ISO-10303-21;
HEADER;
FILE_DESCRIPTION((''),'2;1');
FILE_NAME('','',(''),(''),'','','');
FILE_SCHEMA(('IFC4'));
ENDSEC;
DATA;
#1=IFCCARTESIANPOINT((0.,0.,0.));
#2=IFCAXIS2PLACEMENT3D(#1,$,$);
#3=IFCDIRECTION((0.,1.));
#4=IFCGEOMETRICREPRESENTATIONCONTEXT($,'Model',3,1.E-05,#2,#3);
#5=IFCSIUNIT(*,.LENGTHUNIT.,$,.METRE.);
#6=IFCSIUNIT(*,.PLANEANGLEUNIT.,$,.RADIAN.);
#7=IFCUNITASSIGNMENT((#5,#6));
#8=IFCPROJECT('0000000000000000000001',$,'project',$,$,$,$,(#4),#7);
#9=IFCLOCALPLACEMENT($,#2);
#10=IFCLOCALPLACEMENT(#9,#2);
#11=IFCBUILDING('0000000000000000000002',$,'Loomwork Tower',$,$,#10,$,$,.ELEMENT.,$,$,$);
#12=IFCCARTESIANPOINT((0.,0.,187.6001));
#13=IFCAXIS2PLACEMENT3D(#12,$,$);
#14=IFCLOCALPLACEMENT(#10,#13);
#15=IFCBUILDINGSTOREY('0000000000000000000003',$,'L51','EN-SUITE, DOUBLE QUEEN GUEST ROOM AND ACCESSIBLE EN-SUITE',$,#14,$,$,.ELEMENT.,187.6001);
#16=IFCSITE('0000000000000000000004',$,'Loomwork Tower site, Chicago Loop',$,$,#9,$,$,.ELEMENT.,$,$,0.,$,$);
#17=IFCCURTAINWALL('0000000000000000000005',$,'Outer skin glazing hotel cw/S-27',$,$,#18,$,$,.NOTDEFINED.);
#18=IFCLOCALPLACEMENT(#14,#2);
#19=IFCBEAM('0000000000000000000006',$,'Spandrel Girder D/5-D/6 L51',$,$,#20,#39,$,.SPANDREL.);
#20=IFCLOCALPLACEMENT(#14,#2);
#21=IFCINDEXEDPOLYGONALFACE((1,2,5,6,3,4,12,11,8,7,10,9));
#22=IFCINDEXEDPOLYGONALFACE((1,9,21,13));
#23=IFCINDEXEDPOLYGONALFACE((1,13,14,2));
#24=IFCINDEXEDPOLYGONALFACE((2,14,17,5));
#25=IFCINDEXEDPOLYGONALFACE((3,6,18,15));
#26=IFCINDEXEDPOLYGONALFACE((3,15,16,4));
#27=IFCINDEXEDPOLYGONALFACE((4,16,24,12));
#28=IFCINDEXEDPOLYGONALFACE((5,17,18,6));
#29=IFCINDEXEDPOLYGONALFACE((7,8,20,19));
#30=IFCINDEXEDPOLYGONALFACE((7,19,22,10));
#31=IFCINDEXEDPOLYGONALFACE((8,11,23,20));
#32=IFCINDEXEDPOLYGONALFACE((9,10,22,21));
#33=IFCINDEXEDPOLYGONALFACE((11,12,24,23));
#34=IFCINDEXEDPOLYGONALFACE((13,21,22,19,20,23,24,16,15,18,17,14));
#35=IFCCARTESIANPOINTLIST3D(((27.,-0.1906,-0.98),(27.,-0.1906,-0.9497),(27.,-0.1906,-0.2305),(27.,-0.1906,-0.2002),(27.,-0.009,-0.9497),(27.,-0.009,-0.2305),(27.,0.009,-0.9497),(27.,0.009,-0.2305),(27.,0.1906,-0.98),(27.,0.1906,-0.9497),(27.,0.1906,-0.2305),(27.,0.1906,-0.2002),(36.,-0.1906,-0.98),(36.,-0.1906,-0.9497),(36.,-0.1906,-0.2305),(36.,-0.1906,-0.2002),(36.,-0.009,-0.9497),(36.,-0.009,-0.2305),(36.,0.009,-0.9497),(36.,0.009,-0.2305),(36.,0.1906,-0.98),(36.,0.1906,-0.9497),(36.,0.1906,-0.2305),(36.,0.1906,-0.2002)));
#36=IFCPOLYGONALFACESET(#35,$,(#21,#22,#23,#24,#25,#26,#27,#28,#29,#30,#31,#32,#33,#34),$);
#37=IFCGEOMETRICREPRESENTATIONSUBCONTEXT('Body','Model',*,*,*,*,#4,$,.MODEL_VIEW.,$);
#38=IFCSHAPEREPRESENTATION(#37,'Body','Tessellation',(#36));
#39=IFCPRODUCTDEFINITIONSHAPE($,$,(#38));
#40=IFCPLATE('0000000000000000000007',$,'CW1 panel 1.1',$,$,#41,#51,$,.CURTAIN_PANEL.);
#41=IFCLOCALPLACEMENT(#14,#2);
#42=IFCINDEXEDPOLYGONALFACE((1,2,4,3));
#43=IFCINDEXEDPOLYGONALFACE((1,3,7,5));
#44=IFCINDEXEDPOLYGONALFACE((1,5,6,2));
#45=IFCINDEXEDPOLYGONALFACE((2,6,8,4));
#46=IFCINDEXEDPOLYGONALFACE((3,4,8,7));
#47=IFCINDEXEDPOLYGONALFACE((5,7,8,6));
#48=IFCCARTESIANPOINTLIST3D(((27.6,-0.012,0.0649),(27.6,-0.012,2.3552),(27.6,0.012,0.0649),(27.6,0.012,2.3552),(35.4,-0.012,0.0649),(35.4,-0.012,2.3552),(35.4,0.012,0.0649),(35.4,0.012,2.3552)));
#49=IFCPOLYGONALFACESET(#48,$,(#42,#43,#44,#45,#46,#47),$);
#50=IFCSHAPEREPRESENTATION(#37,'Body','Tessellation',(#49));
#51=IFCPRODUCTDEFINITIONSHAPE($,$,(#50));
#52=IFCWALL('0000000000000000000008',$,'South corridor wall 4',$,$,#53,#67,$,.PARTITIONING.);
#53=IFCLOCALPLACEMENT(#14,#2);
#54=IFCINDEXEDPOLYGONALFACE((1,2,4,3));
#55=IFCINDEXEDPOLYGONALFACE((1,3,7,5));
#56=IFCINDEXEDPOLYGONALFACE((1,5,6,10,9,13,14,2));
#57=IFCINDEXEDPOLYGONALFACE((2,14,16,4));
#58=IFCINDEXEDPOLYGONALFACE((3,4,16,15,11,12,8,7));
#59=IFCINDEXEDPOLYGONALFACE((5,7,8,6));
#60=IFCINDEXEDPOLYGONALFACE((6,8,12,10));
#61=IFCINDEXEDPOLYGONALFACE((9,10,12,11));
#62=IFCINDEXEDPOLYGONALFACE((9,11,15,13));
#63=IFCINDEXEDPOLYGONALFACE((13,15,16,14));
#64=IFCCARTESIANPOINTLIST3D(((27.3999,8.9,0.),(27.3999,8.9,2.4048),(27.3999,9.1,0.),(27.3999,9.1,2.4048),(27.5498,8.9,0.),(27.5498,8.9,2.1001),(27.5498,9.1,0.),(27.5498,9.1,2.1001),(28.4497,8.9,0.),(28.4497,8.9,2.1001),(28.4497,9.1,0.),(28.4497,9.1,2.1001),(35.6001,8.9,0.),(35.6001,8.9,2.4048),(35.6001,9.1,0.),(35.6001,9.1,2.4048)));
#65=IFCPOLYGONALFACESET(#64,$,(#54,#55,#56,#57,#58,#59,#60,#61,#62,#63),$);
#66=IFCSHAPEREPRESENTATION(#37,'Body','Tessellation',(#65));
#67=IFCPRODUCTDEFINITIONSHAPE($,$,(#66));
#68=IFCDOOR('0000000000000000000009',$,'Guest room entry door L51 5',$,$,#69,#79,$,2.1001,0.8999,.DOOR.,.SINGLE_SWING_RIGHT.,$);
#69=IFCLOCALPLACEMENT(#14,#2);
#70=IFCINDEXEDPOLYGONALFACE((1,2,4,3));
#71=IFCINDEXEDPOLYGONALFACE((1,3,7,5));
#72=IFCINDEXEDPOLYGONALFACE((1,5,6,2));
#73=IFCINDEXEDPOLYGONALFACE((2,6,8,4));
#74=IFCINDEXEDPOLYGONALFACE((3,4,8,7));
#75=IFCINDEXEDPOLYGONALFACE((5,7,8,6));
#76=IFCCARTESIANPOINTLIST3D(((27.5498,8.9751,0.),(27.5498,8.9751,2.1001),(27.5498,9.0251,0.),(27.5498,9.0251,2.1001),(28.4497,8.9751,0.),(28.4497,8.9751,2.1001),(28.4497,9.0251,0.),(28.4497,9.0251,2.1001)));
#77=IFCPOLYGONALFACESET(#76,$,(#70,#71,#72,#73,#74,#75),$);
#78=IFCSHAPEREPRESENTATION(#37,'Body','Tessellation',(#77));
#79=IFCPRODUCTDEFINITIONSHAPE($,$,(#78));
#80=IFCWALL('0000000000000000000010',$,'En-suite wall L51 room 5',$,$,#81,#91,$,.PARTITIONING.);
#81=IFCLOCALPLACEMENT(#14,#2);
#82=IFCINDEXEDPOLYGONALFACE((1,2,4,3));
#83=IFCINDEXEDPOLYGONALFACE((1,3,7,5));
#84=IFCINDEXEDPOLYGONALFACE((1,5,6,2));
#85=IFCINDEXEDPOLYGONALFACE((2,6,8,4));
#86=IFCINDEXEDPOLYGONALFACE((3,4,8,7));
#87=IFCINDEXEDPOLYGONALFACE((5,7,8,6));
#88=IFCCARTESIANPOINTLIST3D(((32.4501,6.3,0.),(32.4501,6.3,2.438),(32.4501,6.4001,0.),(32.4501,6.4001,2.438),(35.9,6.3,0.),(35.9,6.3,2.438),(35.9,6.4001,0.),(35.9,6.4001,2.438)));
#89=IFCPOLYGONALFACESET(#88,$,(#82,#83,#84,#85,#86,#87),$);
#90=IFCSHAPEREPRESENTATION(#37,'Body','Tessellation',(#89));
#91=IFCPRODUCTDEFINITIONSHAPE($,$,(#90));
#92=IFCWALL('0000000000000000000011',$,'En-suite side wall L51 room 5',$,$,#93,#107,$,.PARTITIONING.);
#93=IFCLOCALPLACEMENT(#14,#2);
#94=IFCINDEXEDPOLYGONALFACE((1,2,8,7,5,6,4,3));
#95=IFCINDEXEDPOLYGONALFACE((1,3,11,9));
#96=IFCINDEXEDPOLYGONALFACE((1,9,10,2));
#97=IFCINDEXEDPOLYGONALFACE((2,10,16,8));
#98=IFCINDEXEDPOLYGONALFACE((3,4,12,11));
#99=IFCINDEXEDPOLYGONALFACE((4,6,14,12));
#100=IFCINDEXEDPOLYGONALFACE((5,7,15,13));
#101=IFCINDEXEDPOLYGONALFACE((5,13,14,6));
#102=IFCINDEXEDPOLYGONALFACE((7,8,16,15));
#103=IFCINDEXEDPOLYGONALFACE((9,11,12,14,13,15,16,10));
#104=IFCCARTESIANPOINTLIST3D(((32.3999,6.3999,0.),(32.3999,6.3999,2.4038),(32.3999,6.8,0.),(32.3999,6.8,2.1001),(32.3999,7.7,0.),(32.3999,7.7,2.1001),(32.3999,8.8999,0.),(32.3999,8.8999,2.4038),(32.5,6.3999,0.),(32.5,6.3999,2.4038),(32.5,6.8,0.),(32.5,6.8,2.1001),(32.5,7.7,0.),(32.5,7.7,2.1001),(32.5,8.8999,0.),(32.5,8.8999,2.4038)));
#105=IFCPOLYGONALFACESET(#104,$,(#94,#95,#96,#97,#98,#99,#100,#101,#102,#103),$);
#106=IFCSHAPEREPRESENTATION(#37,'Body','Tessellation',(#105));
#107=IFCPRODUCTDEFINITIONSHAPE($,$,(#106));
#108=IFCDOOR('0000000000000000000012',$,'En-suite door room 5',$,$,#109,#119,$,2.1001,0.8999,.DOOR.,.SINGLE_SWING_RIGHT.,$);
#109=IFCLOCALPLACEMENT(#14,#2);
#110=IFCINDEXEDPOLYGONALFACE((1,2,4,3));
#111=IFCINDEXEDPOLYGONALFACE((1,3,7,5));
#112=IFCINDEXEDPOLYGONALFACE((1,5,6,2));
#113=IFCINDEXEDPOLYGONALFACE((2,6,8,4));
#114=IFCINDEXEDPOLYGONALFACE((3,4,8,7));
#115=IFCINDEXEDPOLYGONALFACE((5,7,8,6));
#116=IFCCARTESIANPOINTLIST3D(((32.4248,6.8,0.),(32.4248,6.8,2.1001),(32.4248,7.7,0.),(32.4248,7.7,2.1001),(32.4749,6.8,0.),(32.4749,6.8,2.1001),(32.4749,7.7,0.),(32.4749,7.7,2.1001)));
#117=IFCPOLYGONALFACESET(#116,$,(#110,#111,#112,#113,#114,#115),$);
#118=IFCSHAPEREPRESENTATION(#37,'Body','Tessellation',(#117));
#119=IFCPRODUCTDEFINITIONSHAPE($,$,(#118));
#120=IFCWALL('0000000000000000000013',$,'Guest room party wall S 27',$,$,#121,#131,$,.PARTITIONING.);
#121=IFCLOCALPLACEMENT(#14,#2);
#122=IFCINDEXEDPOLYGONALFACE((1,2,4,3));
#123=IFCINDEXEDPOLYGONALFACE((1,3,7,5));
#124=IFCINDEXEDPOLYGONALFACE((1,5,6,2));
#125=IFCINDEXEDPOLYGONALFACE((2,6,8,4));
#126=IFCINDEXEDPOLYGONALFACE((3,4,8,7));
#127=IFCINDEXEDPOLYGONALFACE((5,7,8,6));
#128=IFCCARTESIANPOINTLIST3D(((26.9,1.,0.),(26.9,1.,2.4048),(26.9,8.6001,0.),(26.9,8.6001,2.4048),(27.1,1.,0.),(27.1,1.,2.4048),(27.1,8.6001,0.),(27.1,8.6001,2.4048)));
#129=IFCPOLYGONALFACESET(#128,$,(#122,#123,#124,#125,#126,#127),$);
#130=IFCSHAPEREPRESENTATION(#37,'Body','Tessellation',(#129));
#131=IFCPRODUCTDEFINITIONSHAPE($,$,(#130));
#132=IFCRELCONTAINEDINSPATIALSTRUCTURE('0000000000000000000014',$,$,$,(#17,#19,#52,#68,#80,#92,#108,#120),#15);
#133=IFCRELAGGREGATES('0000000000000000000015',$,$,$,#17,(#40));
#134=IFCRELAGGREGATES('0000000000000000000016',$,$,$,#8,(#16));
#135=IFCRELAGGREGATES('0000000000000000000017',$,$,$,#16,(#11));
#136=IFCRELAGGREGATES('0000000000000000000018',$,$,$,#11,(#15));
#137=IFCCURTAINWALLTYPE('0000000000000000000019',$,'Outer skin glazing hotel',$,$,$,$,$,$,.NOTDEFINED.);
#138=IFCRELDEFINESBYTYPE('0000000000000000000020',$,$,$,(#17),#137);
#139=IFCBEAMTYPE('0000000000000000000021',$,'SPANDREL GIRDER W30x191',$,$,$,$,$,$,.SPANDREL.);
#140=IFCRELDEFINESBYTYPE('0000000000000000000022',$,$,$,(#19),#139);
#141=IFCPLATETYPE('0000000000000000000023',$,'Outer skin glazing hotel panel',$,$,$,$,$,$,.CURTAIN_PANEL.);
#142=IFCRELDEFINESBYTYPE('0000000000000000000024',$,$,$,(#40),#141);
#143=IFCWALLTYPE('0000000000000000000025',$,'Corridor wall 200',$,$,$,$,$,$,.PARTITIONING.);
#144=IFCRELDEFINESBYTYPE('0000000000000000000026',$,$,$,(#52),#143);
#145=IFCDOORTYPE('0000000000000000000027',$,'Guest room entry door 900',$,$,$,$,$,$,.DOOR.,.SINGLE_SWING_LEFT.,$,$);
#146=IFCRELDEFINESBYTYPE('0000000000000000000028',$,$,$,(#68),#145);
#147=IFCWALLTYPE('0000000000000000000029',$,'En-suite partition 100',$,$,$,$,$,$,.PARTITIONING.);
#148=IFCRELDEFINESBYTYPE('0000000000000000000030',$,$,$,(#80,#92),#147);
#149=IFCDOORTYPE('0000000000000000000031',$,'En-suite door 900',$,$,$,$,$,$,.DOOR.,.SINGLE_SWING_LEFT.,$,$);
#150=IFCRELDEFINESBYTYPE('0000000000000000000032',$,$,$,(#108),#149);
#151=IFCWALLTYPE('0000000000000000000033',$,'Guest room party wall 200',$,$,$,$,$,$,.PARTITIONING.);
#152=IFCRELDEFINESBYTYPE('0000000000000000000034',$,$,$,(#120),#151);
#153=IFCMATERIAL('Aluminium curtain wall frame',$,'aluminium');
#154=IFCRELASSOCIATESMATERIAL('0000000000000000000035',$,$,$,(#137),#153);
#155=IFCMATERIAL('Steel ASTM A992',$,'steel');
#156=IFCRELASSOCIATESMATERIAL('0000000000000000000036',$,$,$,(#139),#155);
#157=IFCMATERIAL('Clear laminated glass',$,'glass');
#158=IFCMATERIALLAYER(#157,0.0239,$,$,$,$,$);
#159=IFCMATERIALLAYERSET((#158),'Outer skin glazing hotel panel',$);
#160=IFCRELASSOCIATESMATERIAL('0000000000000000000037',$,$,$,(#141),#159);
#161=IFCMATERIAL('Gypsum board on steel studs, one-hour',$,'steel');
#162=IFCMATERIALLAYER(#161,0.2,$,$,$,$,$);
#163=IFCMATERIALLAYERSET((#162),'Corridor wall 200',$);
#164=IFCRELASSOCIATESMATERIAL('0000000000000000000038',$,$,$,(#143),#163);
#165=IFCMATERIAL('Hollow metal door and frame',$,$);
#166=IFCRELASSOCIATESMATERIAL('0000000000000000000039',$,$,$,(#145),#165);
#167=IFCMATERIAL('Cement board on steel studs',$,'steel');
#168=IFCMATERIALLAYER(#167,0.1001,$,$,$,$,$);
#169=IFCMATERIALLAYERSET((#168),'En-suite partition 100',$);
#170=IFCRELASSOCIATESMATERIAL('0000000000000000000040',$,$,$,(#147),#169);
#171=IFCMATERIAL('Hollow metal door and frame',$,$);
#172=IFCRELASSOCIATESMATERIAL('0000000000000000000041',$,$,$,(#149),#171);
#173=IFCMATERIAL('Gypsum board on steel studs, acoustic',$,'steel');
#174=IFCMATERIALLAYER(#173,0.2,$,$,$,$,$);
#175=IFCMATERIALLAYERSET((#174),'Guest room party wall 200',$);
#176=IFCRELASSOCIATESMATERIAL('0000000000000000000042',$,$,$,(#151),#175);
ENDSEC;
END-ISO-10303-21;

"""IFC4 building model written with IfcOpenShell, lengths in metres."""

from ifc_helpers import new_model, si_unit, direction, frame, frame_2d, origin, origin_2d, place, context, subcontext, project, spatial, rectangle, i_section, extrude, material, layer, layer_set, material_profile, profile_set, type_object, element, fill, aggregate, save


model = new_model("IFC4")

# Units and contexts
model_context = context("Model", 3, precision=1e-05, world=origin(), true_north=direction((0.0, 1.0)))
body_context = subcontext(model_context, "Body", "Model", "MODEL_VIEW")
ifc_project = project(units=[si_unit("LENGTHUNIT", "METRE"), si_unit("PLANEANGLEUNIT", "RADIAN")], contexts=[model_context])

# Site, building, storey
site_placement = place(None, origin())
site = spatial("IfcSite", under=ifc_project, at=site_placement, Name="Loomwork Tower site, Chicago Loop", CompositionType="ELEMENT", RefElevation=0.0)
building_placement = place(site_placement, origin())
building = spatial("IfcBuilding", under=site, at=building_placement, Name="Loomwork Tower", CompositionType="ELEMENT")
storey_placement = place(building_placement, frame((0.0, 0.0, 187.6001)))
storey = spatial("IfcBuildingStorey", under=building, at=storey_placement, Name="L51", Description="EN-SUITE, DOUBLE QUEEN GUEST ROOM AND ACCESSIBLE EN-SUITE", CompositionType="ELEMENT", Elevation=187.6001)

# Curtain wall
ifc_material_1 = material(Name="Aluminium curtain wall frame", Category="aluminium")
curtain_wall_type = type_object("IfcCurtainWallType", Name="Outer skin glazing hotel", PredefinedType="NOTDEFINED", material=ifc_material_1)
curtain_wall_placement = place(storey_placement, origin())
curtain_wall = element("IfcCurtainWall", 1, at=curtain_wall_placement, inside=storey, type_object=curtain_wall_type, Name="Outer skin glazing hotel cw/S-27", PredefinedType="NOTDEFINED")

# Beam
ifc_material_2 = material(Name="Steel ASTM A992", Category="steel")
ifc_material_profile_1 = material_profile(ifc_material_2, i_section(OverallWidth=0.3811, OverallDepth=0.7798, WebThickness=0.0181, FlangeThickness=0.0303, at=origin_2d()), Name="W30x191")
ifc_profile_set_1 = profile_set([ifc_material_profile_1], Name="Steel ASTM A992")
beam_type_1 = type_object("IfcBeamType", Name="SPANDREL GIRDER W30x191", PredefinedType="SPANDREL", material=ifc_profile_set_1)
beam_1_placement = place(storey_placement, frame((27.0, 0.0, -0.5901), z_axis=(1.0, 0.0, 0.0), x_axis=(0.0, 1.0, 0.0)))
element("IfcBeam", 2, at=beam_1_placement, inside=storey, type_object=beam_type_1, Name="Spandrel Girder D/5-D/6 L51", PredefinedType="SPANDREL", context=body_context, shape_type="SweptSolid", body=[
    extrude(i_section(OverallWidth=0.3811, OverallDepth=0.7798, WebThickness=0.0181, FlangeThickness=0.0303, at=origin_2d()), origin(), (0.0, 0.0, 1.0), 9.0),
])

# Plate
ifc_material_3 = material(Name="Clear laminated glass", Category="glass")
ifc_layer_1 = layer(ifc_material_3, 0.0239)
ifc_layer_set_1 = layer_set([ifc_layer_1], Name="Outer skin glazing hotel panel")
plate_type = type_object("IfcPlateType", Name="Outer skin glazing hotel panel", PredefinedType="CURTAIN_PANEL", material=ifc_layer_set_1)
plate_placement = place(storey_placement, frame((31.5, 0.0, 0.0649), z_axis=(0.0, 0.0, 1.0), x_axis=(1.0, 0.0, 0.0)))
plate = element("IfcPlate", 3, at=plate_placement, type_object=plate_type, Name="CW1 panel 1.1", PredefinedType="CURTAIN_PANEL", context=body_context, shape_type="SweptSolid", body=[
    extrude(rectangle(XDim=7.8, YDim=0.0239, at=origin_2d()), origin(), (0.0, 0.0, 1.0), 2.2903),
])
aggregate(curtain_wall, [plate])

# Wall, opening, door
ifc_material_4 = material(Name="Gypsum board on steel studs, one-hour", Category="steel")
ifc_layer_2 = layer(ifc_material_4, 0.2)
ifc_layer_set_2 = layer_set([ifc_layer_2], Name="Corridor wall 200")
wall_type_1 = type_object("IfcWallType", Name="Corridor wall 200", PredefinedType="PARTITIONING", material=ifc_layer_set_2)
wall_1_placement = place(storey_placement, frame((27.3999, 9.0, 0.0), z_axis=(0.0, 0.0, 1.0), x_axis=(1.0, 0.0, 0.0)))
wall_1 = element("IfcWall", 4, at=wall_1_placement, inside=storey, type_object=wall_type_1, Name="South corridor wall 4", PredefinedType="PARTITIONING", context=body_context, shape_type="SweptSolid", body=[
    extrude(rectangle(XDim=8.2002, YDim=0.2, at=frame_2d((4.1001, 0.0))), origin(), (0.0, 0.0, 1.0), 2.4048),
])
opening_1_placement = place(wall_1_placement, frame((0.1499, 0.0, 0.0)))
opening_1 = element("IfcOpeningElement", 5, at=opening_1_placement, cuts=wall_1, PredefinedType="OPENING", context=body_context, shape_type="SweptSolid", body=[
    extrude(rectangle(XDim=0.8999, YDim=2.1001, at=frame_2d((0.45, 1.05))), frame((0.0, 0.1099, 0.0), z_axis=(0.0, -1.0, 0.0), x_axis=(1.0, 0.0, 0.0)), (0.0, 0.0, 1.0), 0.22),
])
ifc_material_5 = material(Name="Hollow metal door and frame")
door_type_1 = type_object("IfcDoorType", Name="Guest room entry door 900", OperationType="SINGLE_SWING_LEFT", PredefinedType="DOOR", material=ifc_material_5)
door_1_placement = place(opening_1_placement, frame((0.8999, 0.0, 0.0), z_axis=(0.0, 0.0, 1.0), x_axis=(-1.0, 0.0, 0.0)))
door_1 = element("IfcDoor", 6, at=door_1_placement, inside=storey, type_object=door_type_1, Name="Guest room entry door L51 5", OperationType="SINGLE_SWING_RIGHT", OverallHeight=2.1001, OverallWidth=0.8999, PredefinedType="DOOR", context=body_context, shape_type="SweptSolid", body=[
    extrude(rectangle(XDim=0.8999, YDim=2.1001, at=frame_2d((0.45, 1.05))), frame((0.0, 0.0249, 0.0), z_axis=(0.0, -1.0, 0.0), x_axis=(1.0, 0.0, 0.0)), (0.0, 0.0, 1.0), 0.05),
])
fill(opening_1, door_1)

# Wall
ifc_material_6 = material(Name="Cement board on steel studs", Category="steel")
ifc_layer_3 = layer(ifc_material_6, 0.1001)
ifc_layer_set_3 = layer_set([ifc_layer_3], Name="En-suite partition 100")
wall_type_2 = type_object("IfcWallType", Name="En-suite partition 100", PredefinedType="PARTITIONING", material=ifc_layer_set_3)
wall_2_placement = place(storey_placement, frame((32.45, 6.3501, 0.0), z_axis=(0.0, 0.0, 1.0), x_axis=(1.0, 0.0, 0.0)))
element("IfcWall", 7, at=wall_2_placement, inside=storey, type_object=wall_type_2, Name="En-suite wall L51 room 5", PredefinedType="PARTITIONING", context=body_context, shape_type="SweptSolid", body=[
    extrude(rectangle(XDim=3.45, YDim=0.1001, at=frame_2d((1.7251, 0.0))), origin(), (0.0, 0.0, 1.0), 2.438),
])

# Wall, opening, door
wall_3_placement = place(storey_placement, frame((32.45, 8.8999, 0.0), z_axis=(0.0, 0.0, 1.0), x_axis=(0.0, -1.0, 0.0)))
wall_3 = element("IfcWall", 8, at=wall_3_placement, inside=storey, type_object=wall_type_2, Name="En-suite side wall L51 room 5", PredefinedType="PARTITIONING", context=body_context, shape_type="SweptSolid", body=[
    extrude(rectangle(XDim=2.5, YDim=0.1001, at=frame_2d((1.25, 0.0))), origin(), (0.0, 0.0, 1.0), 2.4038),
])
opening_2_placement = place(wall_3_placement, frame((1.2, 0.0, 0.0)))
opening_2 = element("IfcOpeningElement", 9, at=opening_2_placement, cuts=wall_3, PredefinedType="OPENING", context=body_context, shape_type="SweptSolid", body=[
    extrude(rectangle(XDim=0.8999, YDim=2.1001, at=frame_2d((0.45, 1.05))), frame((0.0, 0.0601, 0.0), z_axis=(0.0, -1.0, 0.0), x_axis=(1.0, 0.0, 0.0)), (0.0, 0.0, 1.0), 0.1201),
])
ifc_material_7 = material(Name="Hollow metal door and frame")
door_type_2 = type_object("IfcDoorType", Name="En-suite door 900", OperationType="SINGLE_SWING_LEFT", PredefinedType="DOOR", material=ifc_material_7)
door_2_placement = place(opening_2_placement, origin())
door_2 = element("IfcDoor", 10, at=door_2_placement, inside=storey, type_object=door_type_2, Name="En-suite door room 5", OperationType="SINGLE_SWING_RIGHT", OverallHeight=2.1001, OverallWidth=0.8999, PredefinedType="DOOR", context=body_context, shape_type="SweptSolid", body=[
    extrude(rectangle(XDim=0.8999, YDim=2.1001, at=frame_2d((0.45, 1.05))), frame((0.0, 0.0249, 0.0), z_axis=(0.0, -1.0, 0.0), x_axis=(1.0, 0.0, 0.0)), (0.0, 0.0, 1.0), 0.05),
])
fill(opening_2, door_2)

# Wall
ifc_material_8 = material(Name="Gypsum board on steel studs, acoustic", Category="steel")
ifc_layer_4 = layer(ifc_material_8, 0.2)
ifc_layer_set_4 = layer_set([ifc_layer_4], Name="Guest room party wall 200")
wall_type_3 = type_object("IfcWallType", Name="Guest room party wall 200", PredefinedType="PARTITIONING", material=ifc_layer_set_4)
wall_4_placement = place(storey_placement, frame((27.0, 8.6001, 0.0), z_axis=(0.0, 0.0, 1.0), x_axis=(0.0, -1.0, 0.0)))
element("IfcWall", 11, at=wall_4_placement, inside=storey, type_object=wall_type_3, Name="Guest room party wall S 27", PredefinedType="PARTITIONING", context=body_context, shape_type="SweptSolid", body=[
    extrude(rectangle(XDim=7.6001, YDim=0.2, at=frame_2d((3.8, 0.0))), origin(), (0.0, 0.0, 1.0), 2.4048),
])

save(model, "model.ifc")
